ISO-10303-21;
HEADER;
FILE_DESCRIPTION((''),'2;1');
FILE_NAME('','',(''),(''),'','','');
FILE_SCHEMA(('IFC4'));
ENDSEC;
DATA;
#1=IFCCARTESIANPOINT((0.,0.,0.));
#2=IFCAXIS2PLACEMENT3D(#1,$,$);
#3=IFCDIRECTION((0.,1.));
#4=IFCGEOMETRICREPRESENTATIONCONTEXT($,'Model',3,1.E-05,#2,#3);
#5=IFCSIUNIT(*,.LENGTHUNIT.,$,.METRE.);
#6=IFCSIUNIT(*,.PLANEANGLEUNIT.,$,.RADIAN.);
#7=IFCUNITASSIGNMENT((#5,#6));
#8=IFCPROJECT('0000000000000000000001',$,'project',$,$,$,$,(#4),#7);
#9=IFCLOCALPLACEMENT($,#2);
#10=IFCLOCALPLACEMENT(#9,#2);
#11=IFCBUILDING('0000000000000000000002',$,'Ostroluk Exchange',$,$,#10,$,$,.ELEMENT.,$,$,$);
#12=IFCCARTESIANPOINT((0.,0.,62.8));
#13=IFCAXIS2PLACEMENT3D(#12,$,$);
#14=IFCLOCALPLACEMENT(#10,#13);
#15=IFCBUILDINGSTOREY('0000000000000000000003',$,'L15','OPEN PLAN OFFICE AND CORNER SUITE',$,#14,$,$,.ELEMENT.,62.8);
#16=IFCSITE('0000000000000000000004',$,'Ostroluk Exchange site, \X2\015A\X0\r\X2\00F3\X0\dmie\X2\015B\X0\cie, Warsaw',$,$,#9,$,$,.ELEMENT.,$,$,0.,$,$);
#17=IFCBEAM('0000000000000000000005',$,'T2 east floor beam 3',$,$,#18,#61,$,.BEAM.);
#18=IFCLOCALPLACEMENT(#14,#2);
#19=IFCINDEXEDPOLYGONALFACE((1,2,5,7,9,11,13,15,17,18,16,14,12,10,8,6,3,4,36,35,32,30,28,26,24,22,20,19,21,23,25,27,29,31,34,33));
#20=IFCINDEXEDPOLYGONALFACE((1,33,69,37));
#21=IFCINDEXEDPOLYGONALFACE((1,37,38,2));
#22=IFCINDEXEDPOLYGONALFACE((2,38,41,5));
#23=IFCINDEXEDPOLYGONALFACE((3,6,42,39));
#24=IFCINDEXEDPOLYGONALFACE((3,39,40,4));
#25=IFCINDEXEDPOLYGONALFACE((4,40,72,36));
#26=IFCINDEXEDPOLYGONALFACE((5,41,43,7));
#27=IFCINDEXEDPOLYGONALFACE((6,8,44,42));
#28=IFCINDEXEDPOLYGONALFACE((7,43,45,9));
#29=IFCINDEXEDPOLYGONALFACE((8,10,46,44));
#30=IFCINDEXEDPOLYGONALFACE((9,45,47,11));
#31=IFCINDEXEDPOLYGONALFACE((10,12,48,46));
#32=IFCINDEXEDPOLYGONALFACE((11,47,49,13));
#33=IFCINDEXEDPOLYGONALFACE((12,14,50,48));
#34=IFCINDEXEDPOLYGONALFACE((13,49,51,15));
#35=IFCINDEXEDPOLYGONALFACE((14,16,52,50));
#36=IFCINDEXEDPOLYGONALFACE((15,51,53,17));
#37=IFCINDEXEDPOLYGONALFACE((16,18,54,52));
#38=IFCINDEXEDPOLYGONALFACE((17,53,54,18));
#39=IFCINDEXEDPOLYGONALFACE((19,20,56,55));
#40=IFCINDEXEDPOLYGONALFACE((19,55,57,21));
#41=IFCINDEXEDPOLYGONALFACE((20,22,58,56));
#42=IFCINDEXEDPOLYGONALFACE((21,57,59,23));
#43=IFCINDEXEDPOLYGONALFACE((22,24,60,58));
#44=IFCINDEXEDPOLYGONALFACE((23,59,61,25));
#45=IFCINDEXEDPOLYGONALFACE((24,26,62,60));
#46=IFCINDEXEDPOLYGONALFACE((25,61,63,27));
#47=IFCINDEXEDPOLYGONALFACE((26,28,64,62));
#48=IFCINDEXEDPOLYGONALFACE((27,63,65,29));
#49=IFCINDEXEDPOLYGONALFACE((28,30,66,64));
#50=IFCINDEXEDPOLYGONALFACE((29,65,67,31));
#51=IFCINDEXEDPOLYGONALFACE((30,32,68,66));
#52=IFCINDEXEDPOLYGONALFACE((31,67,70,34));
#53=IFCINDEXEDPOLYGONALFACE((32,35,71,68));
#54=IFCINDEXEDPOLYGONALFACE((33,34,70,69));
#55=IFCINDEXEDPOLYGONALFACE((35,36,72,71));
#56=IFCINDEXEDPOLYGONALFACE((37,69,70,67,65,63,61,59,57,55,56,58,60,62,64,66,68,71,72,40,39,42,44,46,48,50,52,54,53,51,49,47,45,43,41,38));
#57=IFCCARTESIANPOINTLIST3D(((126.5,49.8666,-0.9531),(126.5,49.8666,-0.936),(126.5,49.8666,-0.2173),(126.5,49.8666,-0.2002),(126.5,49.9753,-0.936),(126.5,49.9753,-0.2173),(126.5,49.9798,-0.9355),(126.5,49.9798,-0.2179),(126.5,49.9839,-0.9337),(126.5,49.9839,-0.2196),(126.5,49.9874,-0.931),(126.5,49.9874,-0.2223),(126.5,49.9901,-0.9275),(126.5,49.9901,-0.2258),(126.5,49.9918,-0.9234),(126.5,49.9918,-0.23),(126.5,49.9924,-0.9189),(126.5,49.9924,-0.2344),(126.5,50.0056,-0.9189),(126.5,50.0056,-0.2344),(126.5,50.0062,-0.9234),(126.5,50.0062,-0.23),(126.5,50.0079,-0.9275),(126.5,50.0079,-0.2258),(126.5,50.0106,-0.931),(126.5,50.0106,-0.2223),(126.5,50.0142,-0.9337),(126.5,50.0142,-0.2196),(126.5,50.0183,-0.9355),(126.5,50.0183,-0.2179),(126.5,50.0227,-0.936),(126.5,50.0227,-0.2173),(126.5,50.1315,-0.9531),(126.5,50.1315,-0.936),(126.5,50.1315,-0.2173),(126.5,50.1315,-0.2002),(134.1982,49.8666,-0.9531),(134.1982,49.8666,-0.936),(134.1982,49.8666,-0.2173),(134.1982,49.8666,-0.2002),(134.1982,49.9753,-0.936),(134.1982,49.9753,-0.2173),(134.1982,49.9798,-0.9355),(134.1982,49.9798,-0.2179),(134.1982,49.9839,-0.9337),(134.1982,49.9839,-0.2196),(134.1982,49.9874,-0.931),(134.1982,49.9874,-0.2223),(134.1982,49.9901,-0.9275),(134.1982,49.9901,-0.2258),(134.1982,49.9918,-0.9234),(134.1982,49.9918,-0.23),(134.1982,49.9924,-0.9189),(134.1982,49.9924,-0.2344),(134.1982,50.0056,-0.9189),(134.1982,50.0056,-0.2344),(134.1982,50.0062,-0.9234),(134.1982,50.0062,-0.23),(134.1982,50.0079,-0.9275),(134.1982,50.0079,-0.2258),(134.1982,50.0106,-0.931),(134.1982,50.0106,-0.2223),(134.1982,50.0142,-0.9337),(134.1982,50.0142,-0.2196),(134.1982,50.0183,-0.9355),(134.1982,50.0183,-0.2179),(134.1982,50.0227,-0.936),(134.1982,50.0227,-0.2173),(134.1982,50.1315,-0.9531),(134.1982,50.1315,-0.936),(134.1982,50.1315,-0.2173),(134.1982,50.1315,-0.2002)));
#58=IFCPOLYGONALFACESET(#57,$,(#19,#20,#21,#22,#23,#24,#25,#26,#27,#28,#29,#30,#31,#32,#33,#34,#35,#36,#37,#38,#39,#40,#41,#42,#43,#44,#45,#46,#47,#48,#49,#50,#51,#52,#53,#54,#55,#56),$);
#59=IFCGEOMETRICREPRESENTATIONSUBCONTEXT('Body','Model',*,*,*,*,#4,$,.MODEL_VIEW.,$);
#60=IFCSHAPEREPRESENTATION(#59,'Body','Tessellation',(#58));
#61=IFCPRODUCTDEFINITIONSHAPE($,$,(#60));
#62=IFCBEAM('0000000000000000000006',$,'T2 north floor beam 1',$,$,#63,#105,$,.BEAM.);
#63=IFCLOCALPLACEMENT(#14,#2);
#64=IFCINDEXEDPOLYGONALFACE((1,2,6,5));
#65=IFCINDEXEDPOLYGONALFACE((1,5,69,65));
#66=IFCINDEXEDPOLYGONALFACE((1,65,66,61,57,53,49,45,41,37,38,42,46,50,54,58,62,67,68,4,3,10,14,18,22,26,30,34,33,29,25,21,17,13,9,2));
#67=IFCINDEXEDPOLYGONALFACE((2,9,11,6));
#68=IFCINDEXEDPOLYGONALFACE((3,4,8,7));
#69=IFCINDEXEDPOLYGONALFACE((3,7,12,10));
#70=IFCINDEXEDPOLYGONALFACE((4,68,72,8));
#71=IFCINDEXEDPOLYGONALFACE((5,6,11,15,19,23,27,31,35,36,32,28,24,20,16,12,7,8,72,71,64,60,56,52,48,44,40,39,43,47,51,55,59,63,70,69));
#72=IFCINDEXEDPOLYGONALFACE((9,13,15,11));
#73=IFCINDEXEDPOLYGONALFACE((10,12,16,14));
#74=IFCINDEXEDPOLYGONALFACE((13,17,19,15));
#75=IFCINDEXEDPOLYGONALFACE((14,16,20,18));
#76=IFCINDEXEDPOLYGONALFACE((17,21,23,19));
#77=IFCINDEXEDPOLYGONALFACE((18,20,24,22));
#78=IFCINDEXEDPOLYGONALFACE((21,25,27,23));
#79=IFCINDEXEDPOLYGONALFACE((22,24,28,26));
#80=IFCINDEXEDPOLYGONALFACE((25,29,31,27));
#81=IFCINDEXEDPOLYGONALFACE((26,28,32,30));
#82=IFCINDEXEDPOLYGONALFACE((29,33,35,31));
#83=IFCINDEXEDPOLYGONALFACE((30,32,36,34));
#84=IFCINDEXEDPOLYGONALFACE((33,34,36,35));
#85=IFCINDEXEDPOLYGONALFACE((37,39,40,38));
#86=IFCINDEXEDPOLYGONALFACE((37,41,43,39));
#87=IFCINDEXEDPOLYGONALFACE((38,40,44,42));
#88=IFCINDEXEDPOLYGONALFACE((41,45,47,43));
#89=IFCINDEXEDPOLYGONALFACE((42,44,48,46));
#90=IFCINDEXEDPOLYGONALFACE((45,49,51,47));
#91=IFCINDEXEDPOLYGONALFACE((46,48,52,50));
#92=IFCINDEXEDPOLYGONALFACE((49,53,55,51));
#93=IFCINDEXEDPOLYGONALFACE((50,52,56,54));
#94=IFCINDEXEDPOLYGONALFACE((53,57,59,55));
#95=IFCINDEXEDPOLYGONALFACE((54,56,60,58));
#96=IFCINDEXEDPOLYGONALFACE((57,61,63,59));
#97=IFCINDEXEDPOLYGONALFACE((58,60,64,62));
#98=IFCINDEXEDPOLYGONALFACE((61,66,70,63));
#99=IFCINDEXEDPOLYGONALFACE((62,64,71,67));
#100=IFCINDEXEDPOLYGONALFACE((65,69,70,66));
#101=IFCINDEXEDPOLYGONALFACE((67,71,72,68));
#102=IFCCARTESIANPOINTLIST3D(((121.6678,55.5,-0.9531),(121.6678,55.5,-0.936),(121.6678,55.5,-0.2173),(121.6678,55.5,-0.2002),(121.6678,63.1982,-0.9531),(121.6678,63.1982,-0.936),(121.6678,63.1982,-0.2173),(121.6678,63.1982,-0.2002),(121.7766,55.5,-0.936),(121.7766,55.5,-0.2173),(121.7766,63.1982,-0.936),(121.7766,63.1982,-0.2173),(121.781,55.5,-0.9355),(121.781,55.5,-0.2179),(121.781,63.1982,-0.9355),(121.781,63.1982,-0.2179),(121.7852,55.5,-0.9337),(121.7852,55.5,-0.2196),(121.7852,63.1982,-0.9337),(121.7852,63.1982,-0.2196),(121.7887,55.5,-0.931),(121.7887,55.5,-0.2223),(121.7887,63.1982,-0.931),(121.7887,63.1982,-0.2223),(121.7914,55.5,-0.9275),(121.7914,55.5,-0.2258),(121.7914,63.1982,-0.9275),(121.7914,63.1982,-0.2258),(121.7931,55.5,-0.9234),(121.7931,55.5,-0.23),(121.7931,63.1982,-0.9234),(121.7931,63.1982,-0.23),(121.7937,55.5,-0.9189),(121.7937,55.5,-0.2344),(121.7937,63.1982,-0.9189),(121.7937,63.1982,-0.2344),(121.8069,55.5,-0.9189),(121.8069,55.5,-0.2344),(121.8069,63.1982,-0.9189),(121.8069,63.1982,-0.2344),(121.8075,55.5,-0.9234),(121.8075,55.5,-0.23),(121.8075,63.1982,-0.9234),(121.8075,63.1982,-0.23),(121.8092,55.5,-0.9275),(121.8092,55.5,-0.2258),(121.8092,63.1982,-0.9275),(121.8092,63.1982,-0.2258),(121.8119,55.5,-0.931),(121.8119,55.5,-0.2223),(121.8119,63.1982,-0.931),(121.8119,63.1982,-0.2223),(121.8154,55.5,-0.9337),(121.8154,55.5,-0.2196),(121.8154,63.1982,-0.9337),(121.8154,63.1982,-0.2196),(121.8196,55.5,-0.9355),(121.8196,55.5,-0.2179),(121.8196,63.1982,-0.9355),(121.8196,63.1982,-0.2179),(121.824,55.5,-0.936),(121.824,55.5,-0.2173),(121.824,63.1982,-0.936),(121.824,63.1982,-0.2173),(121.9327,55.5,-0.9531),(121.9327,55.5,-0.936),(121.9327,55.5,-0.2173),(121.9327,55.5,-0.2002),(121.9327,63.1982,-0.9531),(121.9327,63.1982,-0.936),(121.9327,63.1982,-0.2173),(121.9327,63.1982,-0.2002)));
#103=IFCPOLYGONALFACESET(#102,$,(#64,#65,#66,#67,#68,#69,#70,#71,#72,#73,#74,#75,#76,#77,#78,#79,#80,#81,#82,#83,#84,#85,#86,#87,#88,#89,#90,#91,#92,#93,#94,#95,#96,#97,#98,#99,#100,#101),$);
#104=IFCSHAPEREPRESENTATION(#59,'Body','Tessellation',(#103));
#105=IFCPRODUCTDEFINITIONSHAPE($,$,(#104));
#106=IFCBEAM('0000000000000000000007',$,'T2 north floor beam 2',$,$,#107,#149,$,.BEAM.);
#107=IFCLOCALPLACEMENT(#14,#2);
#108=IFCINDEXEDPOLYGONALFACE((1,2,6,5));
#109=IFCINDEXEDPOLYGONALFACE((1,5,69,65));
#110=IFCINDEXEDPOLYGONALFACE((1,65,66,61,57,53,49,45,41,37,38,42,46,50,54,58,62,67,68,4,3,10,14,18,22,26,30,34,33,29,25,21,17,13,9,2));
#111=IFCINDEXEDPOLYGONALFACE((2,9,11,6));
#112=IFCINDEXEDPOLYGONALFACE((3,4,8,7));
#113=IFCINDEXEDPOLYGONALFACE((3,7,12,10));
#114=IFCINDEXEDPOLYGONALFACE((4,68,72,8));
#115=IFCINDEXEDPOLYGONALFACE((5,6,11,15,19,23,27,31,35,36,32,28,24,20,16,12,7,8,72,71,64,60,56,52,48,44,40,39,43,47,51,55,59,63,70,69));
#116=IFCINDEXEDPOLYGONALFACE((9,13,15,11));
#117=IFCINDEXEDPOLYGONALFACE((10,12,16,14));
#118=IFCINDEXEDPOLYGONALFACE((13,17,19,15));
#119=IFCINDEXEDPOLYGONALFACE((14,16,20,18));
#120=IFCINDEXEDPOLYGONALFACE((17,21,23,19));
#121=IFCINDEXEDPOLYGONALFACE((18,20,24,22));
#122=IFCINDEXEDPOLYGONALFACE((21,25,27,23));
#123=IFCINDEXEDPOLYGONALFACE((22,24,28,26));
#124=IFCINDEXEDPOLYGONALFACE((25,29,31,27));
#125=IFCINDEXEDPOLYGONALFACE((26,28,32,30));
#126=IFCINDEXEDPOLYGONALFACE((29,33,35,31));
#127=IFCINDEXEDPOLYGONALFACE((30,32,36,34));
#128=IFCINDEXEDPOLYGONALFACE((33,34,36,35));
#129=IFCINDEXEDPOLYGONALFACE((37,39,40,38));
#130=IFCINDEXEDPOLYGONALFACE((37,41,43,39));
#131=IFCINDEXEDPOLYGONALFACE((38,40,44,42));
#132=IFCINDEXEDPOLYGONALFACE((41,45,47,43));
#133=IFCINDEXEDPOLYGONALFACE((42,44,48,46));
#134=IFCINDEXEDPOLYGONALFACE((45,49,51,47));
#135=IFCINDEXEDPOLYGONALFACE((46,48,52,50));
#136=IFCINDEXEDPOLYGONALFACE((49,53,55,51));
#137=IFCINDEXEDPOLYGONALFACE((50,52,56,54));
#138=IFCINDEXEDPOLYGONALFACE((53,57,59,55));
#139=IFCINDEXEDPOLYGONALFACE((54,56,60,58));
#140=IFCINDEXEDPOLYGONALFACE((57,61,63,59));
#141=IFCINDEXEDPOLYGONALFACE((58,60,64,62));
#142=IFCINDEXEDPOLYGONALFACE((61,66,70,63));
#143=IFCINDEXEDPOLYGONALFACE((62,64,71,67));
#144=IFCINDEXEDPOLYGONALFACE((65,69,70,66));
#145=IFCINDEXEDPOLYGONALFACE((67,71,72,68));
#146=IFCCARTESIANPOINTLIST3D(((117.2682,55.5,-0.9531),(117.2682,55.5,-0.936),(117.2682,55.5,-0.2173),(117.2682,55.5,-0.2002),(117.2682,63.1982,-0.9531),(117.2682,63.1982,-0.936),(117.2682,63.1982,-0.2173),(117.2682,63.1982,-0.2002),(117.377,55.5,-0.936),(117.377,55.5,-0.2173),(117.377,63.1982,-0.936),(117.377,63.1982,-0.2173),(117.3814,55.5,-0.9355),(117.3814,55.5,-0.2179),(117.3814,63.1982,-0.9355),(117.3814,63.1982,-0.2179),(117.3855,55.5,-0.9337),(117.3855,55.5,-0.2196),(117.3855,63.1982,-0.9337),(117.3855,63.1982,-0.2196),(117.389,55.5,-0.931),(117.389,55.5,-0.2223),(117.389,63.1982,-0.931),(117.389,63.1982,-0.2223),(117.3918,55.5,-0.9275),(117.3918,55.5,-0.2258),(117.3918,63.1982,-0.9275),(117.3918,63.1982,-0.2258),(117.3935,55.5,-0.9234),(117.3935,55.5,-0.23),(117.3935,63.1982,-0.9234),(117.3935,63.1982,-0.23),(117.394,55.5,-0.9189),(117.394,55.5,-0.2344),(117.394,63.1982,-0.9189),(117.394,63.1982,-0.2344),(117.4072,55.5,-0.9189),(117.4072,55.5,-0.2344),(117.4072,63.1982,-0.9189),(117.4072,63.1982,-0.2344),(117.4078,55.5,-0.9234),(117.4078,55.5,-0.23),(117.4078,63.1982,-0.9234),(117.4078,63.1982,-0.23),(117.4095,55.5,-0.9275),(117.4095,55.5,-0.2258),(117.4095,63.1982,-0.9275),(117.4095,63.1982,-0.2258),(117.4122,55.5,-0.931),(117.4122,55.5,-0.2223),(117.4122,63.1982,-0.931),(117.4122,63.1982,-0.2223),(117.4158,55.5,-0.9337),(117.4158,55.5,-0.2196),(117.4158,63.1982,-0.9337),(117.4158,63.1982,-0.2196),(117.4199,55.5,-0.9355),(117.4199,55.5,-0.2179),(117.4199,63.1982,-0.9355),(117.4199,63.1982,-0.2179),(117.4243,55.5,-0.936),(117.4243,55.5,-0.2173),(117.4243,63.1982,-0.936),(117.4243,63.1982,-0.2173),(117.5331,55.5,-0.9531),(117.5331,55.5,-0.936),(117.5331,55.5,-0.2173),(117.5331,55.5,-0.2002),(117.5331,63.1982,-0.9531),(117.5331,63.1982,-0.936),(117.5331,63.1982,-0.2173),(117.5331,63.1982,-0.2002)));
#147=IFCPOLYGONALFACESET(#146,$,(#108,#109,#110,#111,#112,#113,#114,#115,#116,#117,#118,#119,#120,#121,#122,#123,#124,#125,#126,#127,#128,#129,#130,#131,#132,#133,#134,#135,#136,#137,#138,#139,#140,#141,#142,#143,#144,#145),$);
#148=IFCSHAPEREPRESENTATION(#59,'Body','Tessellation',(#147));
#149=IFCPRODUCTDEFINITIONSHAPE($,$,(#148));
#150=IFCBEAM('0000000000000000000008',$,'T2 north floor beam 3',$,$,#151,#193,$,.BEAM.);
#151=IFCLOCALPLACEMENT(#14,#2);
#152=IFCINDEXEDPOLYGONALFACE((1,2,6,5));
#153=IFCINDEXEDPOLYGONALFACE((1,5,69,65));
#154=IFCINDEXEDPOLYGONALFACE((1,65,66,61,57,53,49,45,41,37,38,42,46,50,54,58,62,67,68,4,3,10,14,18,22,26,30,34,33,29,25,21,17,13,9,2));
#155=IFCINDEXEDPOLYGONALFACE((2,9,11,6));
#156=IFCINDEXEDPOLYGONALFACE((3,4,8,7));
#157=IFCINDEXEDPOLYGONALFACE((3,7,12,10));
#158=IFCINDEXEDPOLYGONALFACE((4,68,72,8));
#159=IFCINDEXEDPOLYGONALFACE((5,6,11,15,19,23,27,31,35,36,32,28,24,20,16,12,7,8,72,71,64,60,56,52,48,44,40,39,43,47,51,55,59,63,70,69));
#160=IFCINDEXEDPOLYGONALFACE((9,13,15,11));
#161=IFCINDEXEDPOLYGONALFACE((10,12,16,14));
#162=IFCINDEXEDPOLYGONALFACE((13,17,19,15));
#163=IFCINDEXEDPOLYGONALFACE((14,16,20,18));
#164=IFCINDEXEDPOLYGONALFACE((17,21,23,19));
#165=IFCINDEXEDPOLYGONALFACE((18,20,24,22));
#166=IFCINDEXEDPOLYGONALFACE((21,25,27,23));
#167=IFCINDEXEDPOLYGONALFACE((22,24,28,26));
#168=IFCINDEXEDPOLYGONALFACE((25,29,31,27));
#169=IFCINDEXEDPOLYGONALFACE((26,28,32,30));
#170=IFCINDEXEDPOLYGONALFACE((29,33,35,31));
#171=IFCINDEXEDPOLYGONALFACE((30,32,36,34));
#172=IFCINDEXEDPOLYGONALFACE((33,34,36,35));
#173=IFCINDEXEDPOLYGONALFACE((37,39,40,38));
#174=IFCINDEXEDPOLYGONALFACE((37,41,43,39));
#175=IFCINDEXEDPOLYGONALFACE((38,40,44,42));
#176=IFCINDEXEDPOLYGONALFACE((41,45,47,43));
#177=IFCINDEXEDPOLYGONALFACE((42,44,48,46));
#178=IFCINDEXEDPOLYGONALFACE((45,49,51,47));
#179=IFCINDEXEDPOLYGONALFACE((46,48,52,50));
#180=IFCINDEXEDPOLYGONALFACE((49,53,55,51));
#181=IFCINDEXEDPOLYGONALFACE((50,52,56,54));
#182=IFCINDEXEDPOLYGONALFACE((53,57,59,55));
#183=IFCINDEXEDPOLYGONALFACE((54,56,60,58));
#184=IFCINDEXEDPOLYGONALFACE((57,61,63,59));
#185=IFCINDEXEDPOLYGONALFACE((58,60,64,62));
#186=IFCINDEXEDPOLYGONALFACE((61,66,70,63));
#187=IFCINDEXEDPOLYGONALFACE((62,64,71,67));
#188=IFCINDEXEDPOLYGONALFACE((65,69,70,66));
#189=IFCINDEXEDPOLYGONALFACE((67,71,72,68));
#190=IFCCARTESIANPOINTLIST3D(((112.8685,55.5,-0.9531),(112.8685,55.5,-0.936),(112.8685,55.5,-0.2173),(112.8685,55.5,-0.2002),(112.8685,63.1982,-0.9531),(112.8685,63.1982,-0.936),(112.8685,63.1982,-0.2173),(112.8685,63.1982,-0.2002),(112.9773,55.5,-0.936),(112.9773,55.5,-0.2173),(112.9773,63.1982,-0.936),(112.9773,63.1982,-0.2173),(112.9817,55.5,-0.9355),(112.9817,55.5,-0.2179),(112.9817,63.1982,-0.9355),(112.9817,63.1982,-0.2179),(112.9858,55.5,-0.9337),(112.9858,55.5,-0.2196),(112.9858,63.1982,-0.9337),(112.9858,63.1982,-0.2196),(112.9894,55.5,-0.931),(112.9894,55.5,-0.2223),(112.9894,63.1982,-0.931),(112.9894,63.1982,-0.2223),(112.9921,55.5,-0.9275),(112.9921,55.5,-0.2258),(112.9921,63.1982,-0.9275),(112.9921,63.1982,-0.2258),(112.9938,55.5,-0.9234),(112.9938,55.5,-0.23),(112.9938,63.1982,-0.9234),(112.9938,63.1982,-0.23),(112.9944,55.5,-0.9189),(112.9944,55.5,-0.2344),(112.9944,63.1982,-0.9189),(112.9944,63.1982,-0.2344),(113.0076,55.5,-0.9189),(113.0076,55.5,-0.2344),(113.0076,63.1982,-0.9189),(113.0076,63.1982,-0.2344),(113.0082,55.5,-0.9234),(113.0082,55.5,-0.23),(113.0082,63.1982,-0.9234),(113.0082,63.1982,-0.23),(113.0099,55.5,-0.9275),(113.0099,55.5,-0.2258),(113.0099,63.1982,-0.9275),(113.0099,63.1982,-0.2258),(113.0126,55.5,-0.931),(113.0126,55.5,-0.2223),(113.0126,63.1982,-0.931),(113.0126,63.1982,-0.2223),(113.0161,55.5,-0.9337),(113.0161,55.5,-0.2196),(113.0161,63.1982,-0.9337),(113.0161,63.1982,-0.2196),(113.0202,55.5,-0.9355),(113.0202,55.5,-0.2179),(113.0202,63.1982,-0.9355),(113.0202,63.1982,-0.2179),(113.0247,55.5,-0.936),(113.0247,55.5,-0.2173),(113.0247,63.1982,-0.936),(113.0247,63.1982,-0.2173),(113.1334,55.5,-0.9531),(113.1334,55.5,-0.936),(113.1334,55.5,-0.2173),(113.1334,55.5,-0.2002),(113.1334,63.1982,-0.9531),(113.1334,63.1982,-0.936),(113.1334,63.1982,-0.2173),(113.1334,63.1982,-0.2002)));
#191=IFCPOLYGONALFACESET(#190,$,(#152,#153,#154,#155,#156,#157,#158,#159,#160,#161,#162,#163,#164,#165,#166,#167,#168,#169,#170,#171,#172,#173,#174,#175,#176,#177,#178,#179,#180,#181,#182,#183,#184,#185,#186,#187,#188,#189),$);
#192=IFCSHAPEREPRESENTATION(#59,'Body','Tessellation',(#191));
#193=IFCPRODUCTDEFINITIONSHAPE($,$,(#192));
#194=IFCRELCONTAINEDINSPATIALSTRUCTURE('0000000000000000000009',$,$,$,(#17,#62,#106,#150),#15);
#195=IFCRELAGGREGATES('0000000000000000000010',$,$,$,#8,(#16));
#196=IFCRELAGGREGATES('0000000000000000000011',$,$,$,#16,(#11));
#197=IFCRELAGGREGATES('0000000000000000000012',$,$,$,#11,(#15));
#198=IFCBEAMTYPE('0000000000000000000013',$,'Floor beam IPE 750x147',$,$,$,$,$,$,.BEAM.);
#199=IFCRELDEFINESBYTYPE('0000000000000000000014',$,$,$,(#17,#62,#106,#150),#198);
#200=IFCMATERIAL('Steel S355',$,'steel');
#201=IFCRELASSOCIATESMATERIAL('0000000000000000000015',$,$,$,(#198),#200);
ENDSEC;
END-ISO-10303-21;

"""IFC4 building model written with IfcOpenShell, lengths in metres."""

from ifc_helpers import new_model, si_unit, direction, frame, origin, origin_2d, place, context, subcontext, project, spatial, i_section, extrude, material, material_profile, profile_set, type_object, element, save


model = new_model("IFC4")

# Units and contexts
model_context = context("Model", 3, precision=1e-05, world=origin(), true_north=direction((0.0, 1.0)))
body_context = subcontext(model_context, "Body", "Model", "MODEL_VIEW")
ifc_project = project(units=[si_unit("LENGTHUNIT", "METRE"), si_unit("PLANEANGLEUNIT", "RADIAN")], contexts=[model_context])

# Site, building, storey
site_placement = place(None, origin())
site = spatial("IfcSite", under=ifc_project, at=site_placement, Name="Ostroluk Exchange site, Śródmieście, Warsaw", CompositionType="ELEMENT", RefElevation=0.0)
building_placement = place(site_placement, origin())
building = spatial("IfcBuilding", under=site, at=building_placement, Name="Ostroluk Exchange", CompositionType="ELEMENT")
storey_placement = place(building_placement, frame((0.0, 0.0, 62.8)))
storey = spatial("IfcBuildingStorey", under=building, at=storey_placement, Name="L15", Description="OPEN PLAN OFFICE AND CORNER SUITE", CompositionType="ELEMENT", Elevation=62.8)

# Beams
ifc_material_1 = material(Name="Steel S355", Category="steel")
ifc_material_profile_1 = material_profile(ifc_material_1, i_section(OverallWidth=0.2649, OverallDepth=0.7529, WebThickness=0.0132, FlangeThickness=0.0171, FilletRadius=0.0171, at=origin_2d()), Name="IPE 750x147")
ifc_profile_set_1 = profile_set([ifc_material_profile_1], Name="Steel S355")
beam_type_1 = type_object("IfcBeamType", Name="Floor beam IPE 750x147", PredefinedType="BEAM", material=ifc_profile_set_1)
for number, where, z_axis, x_axis, name in (
    (1, (126.5, 49.999, -0.5767), (1.0, 0.0, 0.0), (0.0, 1.0, 0.0), "T2 east floor beam 3"),
    (2, (121.8003, 55.5, -0.5767), (0.0, 1.0, 0.0), (-1.0, 0.0, 0.0), "T2 north floor beam 1"),
    (3, (117.4006, 55.5, -0.5767), (0.0, 1.0, 0.0), (-1.0, 0.0, 0.0), "T2 north floor beam 2"),
    (4, (113.001, 55.5, -0.5767), (0.0, 1.0, 0.0), (-1.0, 0.0, 0.0), "T2 north floor beam 3"),
):
    element("IfcBeam", number, at=place(storey_placement, frame(where, z_axis=z_axis, x_axis=x_axis)), inside=storey, type_object=beam_type_1, Name=name, PredefinedType="BEAM", context=body_context, shape_type="SweptSolid", body=[
        extrude(i_section(OverallWidth=0.2649, OverallDepth=0.7529, WebThickness=0.0132, FlangeThickness=0.0171, FilletRadius=0.0171, at=origin_2d()), origin(), (0.0, 0.0, 1.0), 7.6982),
    ])

save(model, "model.ifc")
